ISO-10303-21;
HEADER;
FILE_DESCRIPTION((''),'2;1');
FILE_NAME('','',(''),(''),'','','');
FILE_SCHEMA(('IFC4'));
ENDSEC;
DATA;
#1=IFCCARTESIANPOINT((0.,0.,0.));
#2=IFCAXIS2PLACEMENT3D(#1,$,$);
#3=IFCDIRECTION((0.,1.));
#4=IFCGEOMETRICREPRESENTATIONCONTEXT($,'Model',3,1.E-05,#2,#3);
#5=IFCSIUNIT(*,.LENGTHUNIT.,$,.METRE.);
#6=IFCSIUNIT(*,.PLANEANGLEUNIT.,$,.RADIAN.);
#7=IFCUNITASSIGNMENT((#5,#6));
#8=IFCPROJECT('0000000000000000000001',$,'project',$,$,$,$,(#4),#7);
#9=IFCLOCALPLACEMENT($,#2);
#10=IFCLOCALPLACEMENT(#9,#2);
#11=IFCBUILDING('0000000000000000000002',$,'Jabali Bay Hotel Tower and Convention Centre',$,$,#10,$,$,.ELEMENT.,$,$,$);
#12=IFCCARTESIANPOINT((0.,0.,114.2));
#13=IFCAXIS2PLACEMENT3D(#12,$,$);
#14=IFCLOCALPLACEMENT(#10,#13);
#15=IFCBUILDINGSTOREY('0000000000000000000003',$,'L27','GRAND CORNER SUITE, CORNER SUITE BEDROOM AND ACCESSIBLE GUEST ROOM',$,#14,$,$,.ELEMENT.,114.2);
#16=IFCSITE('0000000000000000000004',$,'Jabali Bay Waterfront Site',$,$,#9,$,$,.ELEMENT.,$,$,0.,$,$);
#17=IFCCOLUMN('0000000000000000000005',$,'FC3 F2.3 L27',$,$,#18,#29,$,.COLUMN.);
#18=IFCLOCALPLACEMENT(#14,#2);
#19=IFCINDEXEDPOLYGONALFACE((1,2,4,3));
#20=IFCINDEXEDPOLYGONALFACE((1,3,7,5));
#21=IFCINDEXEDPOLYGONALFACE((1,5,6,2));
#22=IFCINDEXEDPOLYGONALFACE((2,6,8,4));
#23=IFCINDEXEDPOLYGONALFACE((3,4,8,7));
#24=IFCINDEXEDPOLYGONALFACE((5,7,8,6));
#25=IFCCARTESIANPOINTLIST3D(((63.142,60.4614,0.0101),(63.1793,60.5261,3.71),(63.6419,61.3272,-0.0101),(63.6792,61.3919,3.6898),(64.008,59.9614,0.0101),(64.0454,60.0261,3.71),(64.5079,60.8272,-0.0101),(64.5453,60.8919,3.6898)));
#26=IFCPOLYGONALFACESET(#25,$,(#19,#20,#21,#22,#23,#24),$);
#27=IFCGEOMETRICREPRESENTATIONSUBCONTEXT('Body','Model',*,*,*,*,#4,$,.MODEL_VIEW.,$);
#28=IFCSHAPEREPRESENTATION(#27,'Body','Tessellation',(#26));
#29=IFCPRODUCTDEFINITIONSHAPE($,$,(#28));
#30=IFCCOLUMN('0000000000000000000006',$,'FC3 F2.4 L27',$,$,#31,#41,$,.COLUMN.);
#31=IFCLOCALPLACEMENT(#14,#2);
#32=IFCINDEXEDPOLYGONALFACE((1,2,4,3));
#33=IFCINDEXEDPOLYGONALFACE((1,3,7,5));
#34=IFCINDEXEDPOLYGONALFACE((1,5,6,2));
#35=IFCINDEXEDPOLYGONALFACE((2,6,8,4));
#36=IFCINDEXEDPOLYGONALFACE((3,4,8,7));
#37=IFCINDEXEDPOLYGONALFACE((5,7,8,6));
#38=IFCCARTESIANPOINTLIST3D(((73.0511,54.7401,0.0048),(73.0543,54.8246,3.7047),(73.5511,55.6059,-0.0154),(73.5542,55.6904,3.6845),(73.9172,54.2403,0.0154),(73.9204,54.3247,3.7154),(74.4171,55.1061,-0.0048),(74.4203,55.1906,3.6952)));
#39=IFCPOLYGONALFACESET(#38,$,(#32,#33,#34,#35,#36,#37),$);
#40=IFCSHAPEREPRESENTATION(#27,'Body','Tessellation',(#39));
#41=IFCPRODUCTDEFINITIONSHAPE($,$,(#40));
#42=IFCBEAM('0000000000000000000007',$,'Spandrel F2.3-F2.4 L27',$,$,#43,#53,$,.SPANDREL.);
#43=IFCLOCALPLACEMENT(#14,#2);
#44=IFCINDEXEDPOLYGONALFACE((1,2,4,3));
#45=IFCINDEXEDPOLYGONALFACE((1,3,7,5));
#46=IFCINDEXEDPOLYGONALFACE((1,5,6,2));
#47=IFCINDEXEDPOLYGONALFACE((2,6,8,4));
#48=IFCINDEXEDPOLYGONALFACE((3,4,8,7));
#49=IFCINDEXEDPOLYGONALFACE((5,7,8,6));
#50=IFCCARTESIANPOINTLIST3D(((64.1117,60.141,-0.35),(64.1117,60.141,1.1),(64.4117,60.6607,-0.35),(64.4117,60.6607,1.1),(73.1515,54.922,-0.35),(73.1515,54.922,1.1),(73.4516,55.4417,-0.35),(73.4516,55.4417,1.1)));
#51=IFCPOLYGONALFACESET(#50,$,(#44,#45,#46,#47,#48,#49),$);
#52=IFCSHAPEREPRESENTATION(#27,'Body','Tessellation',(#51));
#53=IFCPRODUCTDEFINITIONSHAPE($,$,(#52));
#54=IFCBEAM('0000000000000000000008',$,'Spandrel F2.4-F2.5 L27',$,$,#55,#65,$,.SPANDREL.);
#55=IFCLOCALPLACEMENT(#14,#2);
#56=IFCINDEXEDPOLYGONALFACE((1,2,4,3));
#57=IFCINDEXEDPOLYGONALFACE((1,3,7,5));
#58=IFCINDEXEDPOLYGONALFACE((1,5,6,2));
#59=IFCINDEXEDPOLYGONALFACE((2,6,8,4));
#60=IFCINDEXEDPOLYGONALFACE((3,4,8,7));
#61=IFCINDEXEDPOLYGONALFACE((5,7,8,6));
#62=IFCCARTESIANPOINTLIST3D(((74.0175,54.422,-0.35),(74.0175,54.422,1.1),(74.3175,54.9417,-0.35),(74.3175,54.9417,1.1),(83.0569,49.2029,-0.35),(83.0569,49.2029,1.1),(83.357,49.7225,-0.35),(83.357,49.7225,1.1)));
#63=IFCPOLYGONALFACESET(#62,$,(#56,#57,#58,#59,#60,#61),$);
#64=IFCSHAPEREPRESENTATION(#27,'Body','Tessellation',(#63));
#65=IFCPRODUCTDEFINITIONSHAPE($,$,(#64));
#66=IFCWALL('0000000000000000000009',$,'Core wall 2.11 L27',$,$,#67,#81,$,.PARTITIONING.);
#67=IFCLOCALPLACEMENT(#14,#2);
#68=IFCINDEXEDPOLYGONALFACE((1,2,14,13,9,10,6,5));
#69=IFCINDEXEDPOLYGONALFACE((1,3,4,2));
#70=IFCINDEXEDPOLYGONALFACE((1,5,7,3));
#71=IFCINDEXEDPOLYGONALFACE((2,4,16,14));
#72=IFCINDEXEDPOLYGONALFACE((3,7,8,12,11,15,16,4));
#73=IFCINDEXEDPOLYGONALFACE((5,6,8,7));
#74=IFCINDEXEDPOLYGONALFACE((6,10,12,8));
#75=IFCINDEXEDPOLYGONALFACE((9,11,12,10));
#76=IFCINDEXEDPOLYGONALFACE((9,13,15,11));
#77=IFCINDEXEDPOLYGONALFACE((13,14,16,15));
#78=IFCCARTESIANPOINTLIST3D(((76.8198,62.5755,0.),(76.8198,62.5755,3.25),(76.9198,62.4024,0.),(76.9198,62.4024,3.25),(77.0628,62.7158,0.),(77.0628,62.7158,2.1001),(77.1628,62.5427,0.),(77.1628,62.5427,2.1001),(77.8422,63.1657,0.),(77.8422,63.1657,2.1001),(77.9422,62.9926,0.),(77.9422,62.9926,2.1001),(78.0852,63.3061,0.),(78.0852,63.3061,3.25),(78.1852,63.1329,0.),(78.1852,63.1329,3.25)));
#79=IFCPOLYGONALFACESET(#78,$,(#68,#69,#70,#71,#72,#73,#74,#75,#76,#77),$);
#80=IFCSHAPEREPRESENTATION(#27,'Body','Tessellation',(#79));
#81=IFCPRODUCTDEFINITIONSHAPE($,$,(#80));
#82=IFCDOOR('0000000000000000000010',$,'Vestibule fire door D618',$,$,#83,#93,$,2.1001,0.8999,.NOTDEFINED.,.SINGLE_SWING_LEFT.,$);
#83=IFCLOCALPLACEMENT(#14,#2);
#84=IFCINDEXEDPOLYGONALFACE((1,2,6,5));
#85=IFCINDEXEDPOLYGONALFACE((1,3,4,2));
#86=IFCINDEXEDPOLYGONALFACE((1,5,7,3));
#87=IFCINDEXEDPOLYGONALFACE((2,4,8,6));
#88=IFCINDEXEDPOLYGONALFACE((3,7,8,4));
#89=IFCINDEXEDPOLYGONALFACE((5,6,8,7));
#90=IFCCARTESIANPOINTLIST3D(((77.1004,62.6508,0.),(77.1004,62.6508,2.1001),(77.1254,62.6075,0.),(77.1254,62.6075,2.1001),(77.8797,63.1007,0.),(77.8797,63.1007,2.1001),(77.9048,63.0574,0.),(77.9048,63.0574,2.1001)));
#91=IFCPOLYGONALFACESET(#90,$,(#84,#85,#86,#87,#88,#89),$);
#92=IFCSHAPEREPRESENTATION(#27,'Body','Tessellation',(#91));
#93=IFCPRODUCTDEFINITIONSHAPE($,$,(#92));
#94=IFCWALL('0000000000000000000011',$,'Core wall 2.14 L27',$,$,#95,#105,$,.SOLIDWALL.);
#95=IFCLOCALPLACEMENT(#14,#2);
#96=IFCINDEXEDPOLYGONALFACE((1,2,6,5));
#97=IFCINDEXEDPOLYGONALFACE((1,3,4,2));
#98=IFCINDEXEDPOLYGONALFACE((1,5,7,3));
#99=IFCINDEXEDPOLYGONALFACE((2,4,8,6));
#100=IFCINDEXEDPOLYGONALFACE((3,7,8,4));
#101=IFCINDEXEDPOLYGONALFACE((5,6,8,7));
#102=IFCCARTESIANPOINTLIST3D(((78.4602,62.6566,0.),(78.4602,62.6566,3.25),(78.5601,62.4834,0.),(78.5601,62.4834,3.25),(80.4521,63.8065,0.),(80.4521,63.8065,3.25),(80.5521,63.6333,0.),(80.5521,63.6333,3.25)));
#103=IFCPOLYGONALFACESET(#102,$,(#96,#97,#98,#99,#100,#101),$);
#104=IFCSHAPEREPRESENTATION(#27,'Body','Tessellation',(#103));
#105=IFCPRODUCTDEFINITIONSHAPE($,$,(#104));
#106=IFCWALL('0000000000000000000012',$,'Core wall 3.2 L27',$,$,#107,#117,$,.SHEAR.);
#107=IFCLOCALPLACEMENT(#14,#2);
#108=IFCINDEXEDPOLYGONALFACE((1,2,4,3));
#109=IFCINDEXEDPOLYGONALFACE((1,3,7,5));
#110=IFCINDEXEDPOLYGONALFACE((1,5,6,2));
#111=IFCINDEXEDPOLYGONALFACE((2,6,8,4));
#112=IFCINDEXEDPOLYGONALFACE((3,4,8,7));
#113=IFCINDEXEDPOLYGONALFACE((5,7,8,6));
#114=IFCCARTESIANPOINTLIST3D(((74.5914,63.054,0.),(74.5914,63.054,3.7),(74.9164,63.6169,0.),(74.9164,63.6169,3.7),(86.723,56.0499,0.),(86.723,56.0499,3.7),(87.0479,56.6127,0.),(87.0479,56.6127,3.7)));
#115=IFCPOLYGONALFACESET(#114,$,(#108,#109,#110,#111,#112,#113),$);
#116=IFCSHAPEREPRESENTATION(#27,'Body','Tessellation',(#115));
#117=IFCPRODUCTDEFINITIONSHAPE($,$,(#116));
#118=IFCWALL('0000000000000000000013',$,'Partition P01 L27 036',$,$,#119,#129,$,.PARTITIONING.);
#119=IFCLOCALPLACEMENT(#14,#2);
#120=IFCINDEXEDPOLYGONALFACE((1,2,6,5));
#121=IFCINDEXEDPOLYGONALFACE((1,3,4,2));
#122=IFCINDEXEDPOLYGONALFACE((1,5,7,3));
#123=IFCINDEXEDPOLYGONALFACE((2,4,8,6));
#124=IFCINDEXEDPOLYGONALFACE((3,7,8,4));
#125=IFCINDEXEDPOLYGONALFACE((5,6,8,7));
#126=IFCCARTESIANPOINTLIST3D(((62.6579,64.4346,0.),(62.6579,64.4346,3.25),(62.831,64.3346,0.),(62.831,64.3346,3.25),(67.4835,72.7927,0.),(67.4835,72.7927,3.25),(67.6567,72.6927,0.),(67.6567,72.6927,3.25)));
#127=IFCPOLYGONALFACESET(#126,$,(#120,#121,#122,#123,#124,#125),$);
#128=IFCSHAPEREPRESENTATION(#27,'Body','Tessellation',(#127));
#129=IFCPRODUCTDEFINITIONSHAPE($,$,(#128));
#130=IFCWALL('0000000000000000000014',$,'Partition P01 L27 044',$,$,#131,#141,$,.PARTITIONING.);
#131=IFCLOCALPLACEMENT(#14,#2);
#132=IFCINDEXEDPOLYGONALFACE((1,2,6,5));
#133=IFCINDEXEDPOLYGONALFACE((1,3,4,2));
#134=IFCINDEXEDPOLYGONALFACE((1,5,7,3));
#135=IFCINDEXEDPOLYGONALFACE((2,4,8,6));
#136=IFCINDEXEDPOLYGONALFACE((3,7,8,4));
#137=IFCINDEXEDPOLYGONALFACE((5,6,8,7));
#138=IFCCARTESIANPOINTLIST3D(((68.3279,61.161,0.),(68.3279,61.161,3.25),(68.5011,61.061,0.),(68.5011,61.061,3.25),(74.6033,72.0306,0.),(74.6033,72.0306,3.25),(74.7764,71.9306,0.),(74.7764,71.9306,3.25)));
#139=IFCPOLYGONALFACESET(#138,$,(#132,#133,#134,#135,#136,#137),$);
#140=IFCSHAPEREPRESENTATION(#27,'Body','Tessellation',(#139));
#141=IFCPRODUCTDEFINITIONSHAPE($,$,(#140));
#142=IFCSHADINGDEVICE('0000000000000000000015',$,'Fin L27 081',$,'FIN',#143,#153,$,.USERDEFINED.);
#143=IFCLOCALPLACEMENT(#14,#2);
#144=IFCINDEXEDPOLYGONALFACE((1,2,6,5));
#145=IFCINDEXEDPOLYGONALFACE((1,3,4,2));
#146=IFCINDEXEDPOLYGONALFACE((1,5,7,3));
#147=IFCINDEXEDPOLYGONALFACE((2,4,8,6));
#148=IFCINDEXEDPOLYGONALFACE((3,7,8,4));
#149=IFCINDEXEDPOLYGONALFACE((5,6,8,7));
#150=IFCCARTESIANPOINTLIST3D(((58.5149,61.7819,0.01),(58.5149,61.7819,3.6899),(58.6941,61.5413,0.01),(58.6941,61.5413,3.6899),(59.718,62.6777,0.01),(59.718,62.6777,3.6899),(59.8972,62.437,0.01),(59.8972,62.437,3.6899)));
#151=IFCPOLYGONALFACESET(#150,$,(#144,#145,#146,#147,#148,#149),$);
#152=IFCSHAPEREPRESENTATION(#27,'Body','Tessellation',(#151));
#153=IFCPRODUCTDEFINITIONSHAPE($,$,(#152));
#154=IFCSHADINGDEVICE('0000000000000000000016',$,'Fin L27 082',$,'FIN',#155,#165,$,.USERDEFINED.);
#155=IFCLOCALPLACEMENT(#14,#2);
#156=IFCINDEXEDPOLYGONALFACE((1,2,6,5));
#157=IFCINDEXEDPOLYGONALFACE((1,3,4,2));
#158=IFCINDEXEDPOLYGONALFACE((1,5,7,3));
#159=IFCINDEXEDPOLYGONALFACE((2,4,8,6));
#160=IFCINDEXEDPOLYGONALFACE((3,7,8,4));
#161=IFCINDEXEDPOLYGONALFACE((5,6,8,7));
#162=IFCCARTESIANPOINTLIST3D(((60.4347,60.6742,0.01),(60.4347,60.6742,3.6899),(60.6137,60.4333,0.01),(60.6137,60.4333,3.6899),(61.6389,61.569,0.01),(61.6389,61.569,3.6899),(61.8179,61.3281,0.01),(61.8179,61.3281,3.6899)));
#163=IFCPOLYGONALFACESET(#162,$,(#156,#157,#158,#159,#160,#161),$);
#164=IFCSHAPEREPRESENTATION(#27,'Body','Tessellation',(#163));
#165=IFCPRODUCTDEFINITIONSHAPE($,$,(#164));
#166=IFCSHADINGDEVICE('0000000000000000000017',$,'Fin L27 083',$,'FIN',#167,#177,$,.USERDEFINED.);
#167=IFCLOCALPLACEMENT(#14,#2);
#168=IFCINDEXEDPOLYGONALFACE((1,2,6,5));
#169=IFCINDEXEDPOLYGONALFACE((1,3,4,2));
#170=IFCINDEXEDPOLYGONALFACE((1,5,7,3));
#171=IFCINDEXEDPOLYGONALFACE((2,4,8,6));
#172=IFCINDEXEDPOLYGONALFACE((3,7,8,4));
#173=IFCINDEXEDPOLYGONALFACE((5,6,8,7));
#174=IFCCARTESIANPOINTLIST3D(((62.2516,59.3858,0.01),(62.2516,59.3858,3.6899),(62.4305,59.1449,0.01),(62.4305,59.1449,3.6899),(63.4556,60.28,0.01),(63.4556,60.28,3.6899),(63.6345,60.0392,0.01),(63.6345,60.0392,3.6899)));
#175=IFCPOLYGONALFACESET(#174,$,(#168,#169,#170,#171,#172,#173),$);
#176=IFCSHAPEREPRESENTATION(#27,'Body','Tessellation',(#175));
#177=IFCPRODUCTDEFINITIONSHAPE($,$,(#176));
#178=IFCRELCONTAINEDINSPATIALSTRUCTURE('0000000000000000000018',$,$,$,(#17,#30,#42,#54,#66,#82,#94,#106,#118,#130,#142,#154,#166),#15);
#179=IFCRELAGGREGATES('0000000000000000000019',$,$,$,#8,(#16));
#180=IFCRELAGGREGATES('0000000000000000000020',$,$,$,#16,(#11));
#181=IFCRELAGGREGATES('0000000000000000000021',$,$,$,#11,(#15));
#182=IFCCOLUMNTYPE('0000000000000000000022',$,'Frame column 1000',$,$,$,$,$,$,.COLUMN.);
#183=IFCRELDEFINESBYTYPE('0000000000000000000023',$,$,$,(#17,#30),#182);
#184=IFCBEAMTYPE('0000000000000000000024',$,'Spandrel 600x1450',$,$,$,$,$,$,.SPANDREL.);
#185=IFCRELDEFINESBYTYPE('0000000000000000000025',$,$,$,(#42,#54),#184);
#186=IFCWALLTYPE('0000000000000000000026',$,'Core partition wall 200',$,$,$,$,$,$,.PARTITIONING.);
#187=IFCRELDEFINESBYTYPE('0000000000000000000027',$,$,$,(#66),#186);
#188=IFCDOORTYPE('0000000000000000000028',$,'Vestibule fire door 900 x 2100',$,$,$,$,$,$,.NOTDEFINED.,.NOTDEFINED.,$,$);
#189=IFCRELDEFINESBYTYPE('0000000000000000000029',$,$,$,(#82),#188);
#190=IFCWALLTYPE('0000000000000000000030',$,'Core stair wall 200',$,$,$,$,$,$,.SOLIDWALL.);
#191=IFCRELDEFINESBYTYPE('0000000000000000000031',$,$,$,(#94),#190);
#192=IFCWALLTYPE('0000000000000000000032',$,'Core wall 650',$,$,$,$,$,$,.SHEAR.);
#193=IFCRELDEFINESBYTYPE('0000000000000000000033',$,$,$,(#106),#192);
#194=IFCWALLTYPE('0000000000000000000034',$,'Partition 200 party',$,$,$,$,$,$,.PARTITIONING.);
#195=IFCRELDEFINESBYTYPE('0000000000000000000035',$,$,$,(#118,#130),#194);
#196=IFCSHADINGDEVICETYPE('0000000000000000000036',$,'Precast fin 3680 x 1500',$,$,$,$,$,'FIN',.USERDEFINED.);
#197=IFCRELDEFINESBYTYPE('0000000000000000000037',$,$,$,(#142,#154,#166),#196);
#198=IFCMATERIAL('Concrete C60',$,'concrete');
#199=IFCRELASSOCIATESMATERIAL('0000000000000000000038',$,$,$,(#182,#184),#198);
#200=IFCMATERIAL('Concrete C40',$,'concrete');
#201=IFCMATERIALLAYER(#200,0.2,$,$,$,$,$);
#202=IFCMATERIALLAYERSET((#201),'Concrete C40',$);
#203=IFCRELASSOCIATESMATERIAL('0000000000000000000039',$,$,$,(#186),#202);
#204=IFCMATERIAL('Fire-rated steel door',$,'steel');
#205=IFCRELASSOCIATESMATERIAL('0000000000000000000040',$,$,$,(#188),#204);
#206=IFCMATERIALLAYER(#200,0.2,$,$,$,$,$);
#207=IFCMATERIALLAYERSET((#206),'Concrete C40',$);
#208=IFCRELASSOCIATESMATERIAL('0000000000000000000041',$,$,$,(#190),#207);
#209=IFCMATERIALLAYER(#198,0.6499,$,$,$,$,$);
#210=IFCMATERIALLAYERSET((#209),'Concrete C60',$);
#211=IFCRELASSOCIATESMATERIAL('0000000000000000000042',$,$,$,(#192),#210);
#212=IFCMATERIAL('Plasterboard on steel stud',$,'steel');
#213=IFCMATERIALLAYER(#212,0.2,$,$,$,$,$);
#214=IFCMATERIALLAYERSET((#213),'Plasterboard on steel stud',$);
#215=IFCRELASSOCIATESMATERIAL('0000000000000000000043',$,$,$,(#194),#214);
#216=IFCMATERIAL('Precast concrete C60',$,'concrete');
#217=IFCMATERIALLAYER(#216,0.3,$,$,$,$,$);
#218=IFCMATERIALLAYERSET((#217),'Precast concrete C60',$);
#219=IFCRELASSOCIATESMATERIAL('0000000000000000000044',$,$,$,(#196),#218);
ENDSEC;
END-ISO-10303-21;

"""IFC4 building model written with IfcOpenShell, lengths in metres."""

from ifc_helpers import new_model, si_unit, direction, frame, frame_2d, origin, origin_2d, place, context, subcontext, project, spatial, rectangle, extrude, material, layer, layer_set, material_profile, profile_set, type_object, element, fill, save


model = new_model("IFC4")

# Units and contexts
model_context = context("Model", 3, precision=1e-05, world=origin(), true_north=direction((0.0, 1.0)))
body_context = subcontext(model_context, "Body", "Model", "MODEL_VIEW")
ifc_project = project(units=[si_unit("LENGTHUNIT", "METRE"), si_unit("PLANEANGLEUNIT", "RADIAN")], contexts=[model_context])

# Site, building, storey
site_placement = place(None, origin())
site = spatial("IfcSite", under=ifc_project, at=site_placement, Name="Jabali Bay Waterfront Site", CompositionType="ELEMENT", RefElevation=0.0)
building_placement = place(site_placement, origin())
building = spatial("IfcBuilding", under=site, at=building_placement, Name="Jabali Bay Hotel Tower and Convention Centre", CompositionType="ELEMENT")
storey_placement = place(building_placement, frame((0.0, 0.0, 114.2)))
storey = spatial("IfcBuildingStorey", under=building, at=storey_placement, Name="L27", Description="GRAND CORNER SUITE, CORNER SUITE BEDROOM AND ACCESSIBLE GUEST ROOM", CompositionType="ELEMENT", Elevation=114.2)

# Columns
ifc_material_1 = material(Name="Concrete C60", Category="concrete")
ifc_material_profile_1 = material_profile(ifc_material_1, rectangle(XDim=1.0, YDim=1.0, at=origin_2d()), Name="Frame column 1000")
ifc_profile_set_1 = profile_set([ifc_material_profile_1], Name="Concrete C60")
column_type = type_object("IfcColumnType", Name="Frame column 1000", PredefinedType="COLUMN", material=ifc_profile_set_1)
column_1_placement = place(storey_placement, frame((63.825, 60.6443, 0.0), z_axis=(0.010094, 0.017482, 0.999796), x_axis=(-0.866026, 0.499999, 0.0)))
element("IfcColumn", 1, at=column_1_placement, inside=storey, type_object=column_type, Name="FC3 F2.3 L27", PredefinedType="COLUMN", context=body_context, shape_type="SweptSolid", body=[
    extrude(rectangle(XDim=1.0, YDim=1.0, at=origin_2d()), origin(), (0.0, 0.0, 1.0), 3.7007),
])
column_2_placement = place(storey_placement, frame((73.7341, 54.9231, 0.0), z_axis=(0.000858, 0.022825, 0.999739), x_axis=(-0.499939, -0.865825, 0.020196)))
element("IfcColumn", 2, at=column_2_placement, inside=storey, type_object=column_type, Name="FC3 F2.4 L27", PredefinedType="COLUMN", context=body_context, shape_type="SweptSolid", body=[
    extrude(rectangle(XDim=1.0, YDim=1.0, at=origin_2d()), origin(), (0.0, 0.0, 1.0), 3.7009),
])

# Beams
ifc_material_profile_2 = material_profile(ifc_material_1, rectangle(XDim=0.6001, YDim=1.45, at=origin_2d()), Name="Spandrel 600x1450")
ifc_profile_set_2 = profile_set([ifc_material_profile_2], Name="Concrete C60")
beam_type = type_object("IfcBeamType", Name="Spandrel 600x1450", PredefinedType="SPANDREL", material=ifc_profile_set_2)
beam_1_placement = place(storey_placement, frame((64.2617, 60.4009, 0.375), z_axis=(0.866031, -0.49999, 0.0), x_axis=(0.49999, 0.866031, 0.0)))
element("IfcBeam", 3, at=beam_1_placement, inside=storey, type_object=beam_type, Name="Spandrel F2.3-F2.4 L27", PredefinedType="SPANDREL", context=body_context, shape_type="SweptSolid", body=[
    extrude(rectangle(XDim=0.6001, YDim=1.45, at=origin_2d()), origin(), (0.0, 0.0, 1.0), 10.4382),
])
beam_2_placement = place(storey_placement, frame((74.1675, 54.6819, 0.375), z_axis=(0.866015, -0.500018, 0.0), x_axis=(0.500018, 0.866015, 0.0)))
element("IfcBeam", 4, at=beam_2_placement, inside=storey, type_object=beam_type, Name="Spandrel F2.4-F2.5 L27", PredefinedType="SPANDREL", context=body_context, shape_type="SweptSolid", body=[
    extrude(rectangle(XDim=0.6001, YDim=1.45, at=origin_2d()), origin(), (0.0, 0.0, 1.0), 10.438),
])

# Wall, opening, door
ifc_material_2 = material(Name="Concrete C40", Category="concrete")
ifc_layer_1 = layer(ifc_material_2, 0.2)
ifc_layer_set_1 = layer_set([ifc_layer_1], Name="Concrete C40")
wall_type_1 = type_object("IfcWallType", Name="Core partition wall 200", PredefinedType="PARTITIONING", material=ifc_layer_set_1)
wall_1_placement = place(storey_placement, frame((76.8699, 62.489, 0.0), z_axis=(0.0, 0.0, 1.0), x_axis=(0.866055, 0.499949, 0.0)))
wall_1 = element("IfcWall", 5, at=wall_1_placement, inside=storey, type_object=wall_type_1, Name="Core wall 2.11 L27", PredefinedType="PARTITIONING", context=body_context, shape_type="SweptSolid", body=[
    extrude(rectangle(XDim=1.4612, YDim=0.2, at=frame_2d((0.7305, 0.0))), origin(), (0.0, 0.0, 1.0), 3.25),
])
opening_placement = place(wall_1_placement, frame((0.2805, 0.0, 0.0)))
opening = element("IfcOpeningElement", 6, at=opening_placement, cuts=wall_1, PredefinedType="OPENING", context=body_context, shape_type="SweptSolid", body=[
    extrude(rectangle(XDim=0.8999, YDim=2.1001, at=frame_2d((0.45, 1.05))), frame((0.0, 0.1104, 0.0), z_axis=(0.0, -1.0, 0.0), x_axis=(1.0, 0.0, 0.0)), (0.0, 0.0, 1.0), 0.2209),
])
ifc_material_3 = material(Name="Fire-rated steel door", Category="steel")
door_type = type_object("IfcDoorType", Name="Vestibule fire door 900 x 2100", OperationType="NOTDEFINED", PredefinedType="NOTDEFINED", material=ifc_material_3)
door_placement = place(opening_placement, origin())
door = element("IfcDoor", 7, at=door_placement, inside=storey, type_object=door_type, Name="Vestibule fire door D618", OperationType="SINGLE_SWING_LEFT", OverallHeight=2.1001, OverallWidth=0.8999, PredefinedType="NOTDEFINED", context=body_context, shape_type="SweptSolid", body=[
    extrude(rectangle(XDim=0.8999, YDim=2.1001, at=frame_2d((0.45, 1.05))), frame((0.0, 0.0249, 0.0), z_axis=(0.0, -1.0, 0.0), x_axis=(1.0, 0.0, 0.0)), (0.0, 0.0, 1.0), 0.05),
])
fill(opening, door)

# Walls
ifc_layer_2 = layer(ifc_material_2, 0.2)
ifc_layer_set_2 = layer_set([ifc_layer_2], Name="Concrete C40")
wall_type_2 = type_object("IfcWallType", Name="Core stair wall 200", PredefinedType="SOLIDWALL", material=ifc_layer_set_2)
wall_2_placement = place(storey_placement, frame((78.5103, 62.5701, 0.0), z_axis=(0.0, 0.0, 1.0), x_axis=(0.866053, 0.499952, 0.0)))
element("IfcWall", 8, at=wall_2_placement, inside=storey, type_object=wall_type_2, Name="Core wall 2.14 L27", PredefinedType="SOLIDWALL", context=body_context, shape_type="SweptSolid", body=[
    extrude(rectangle(XDim=2.3, YDim=0.2, at=frame_2d((1.1499, 0.0))), origin(), (0.0, 0.0, 1.0), 3.25),
])
ifc_layer_3 = layer(ifc_material_1, 0.6499)
ifc_layer_set_3 = layer_set([ifc_layer_3], Name="Concrete C60")
wall_type_3 = type_object("IfcWallType", Name="Core wall 650", PredefinedType="SHEAR", material=ifc_layer_set_3)
wall_3_placement = place(storey_placement, frame((74.7539, 63.3354, 0.0), z_axis=(0.0, 0.0, 1.0), x_axis=(0.866026, -0.499999, 0.0)))
element("IfcWall", 9, at=wall_3_placement, inside=storey, type_object=wall_type_3, Name="Core wall 3.2 L27", PredefinedType="SHEAR", context=body_context, shape_type="SweptSolid", body=[
    extrude(rectangle(XDim=14.0083, YDim=0.6499, at=frame_2d((7.0042, 0.0))), origin(), (0.0, 0.0, 1.0), 3.7),
])
ifc_material_4 = material(Name="Plasterboard on steel stud", Category="steel")
ifc_layer_4 = layer(ifc_material_4, 0.2)
ifc_layer_set_4 = layer_set([ifc_layer_4], Name="Plasterboard on steel stud")
wall_type_4 = type_object("IfcWallType", Name="Partition 200 party", PredefinedType="PARTITIONING", material=ifc_layer_set_4)
wall_4_placement = place(storey_placement, frame((62.7444, 64.3845, 0.0), z_axis=(0.0, 0.0, 1.0), x_axis=(0.500008, 0.866021, 0.0)))
element("IfcWall", 10, at=wall_4_placement, inside=storey, type_object=wall_type_4, Name="Partition P01 L27 036", PredefinedType="PARTITIONING", context=body_context, shape_type="SweptSolid", body=[
    extrude(rectangle(XDim=9.6511, YDim=0.2, at=frame_2d((4.8257, 0.0))), origin(), (0.0, 0.0, 1.0), 3.25),
])
wall_5_placement = place(storey_placement, frame((68.4146, 61.1111, 0.0), z_axis=(0.0, 0.0, 1.0), x_axis=(0.499988, 0.866032, 0.0)))
element("IfcWall", 11, at=wall_5_placement, inside=storey, type_object=wall_type_4, Name="Partition P01 L27 044", PredefinedType="PARTITIONING", context=body_context, shape_type="SweptSolid", body=[
    extrude(rectangle(XDim=12.551, YDim=0.2, at=frame_2d((6.2754, 0.0))), origin(), (0.0, 0.0, 1.0), 3.25),
])

# Shading devices
ifc_material_5 = material(Name="Precast concrete C60", Category="concrete")
ifc_layer_5 = layer(ifc_material_5, 0.3)
ifc_layer_set_5 = layer_set([ifc_layer_5], Name="Precast concrete C60")
shading_device_type = type_object("IfcShadingDeviceType", Name="Precast fin 3680 x 1500", ElementType="FIN", PredefinedType="USERDEFINED", material=ifc_layer_set_5)
shading_device_1_placement = place(storey_placement, frame((59.8076, 62.5574, 0.01), z_axis=(0.0, 0.0, 1.0), x_axis=(-0.802104, -0.597184, 0.0)))
element("IfcShadingDevice", 12, at=shading_device_1_placement, inside=storey, type_object=shading_device_type, Name="Fin L27 081", ObjectType="FIN", PredefinedType="USERDEFINED", context=body_context, shape_type="SweptSolid", body=[
    extrude(rectangle(XDim=1.5, YDim=0.3, at=frame_2d((0.75, 0.0))), origin(), (0.0, 0.0, 1.0), 3.6799),
])
shading_device_2_placement = place(storey_placement, frame((61.7283, 61.4485, 0.01), z_axis=(0.0, 0.0, 1.0), x_axis=(-0.802648, -0.596453, 0.0)))
element("IfcShadingDevice", 13, at=shading_device_2_placement, inside=storey, type_object=shading_device_type, Name="Fin L27 082", ObjectType="FIN", PredefinedType="USERDEFINED", context=body_context, shape_type="SweptSolid", body=[
    extrude(rectangle(XDim=1.5002, YDim=0.3, at=frame_2d((0.75, 0.0))), origin(), (0.0, 0.0, 1.0), 3.6799),
])
for number, where, z_axis, x_axis, name in (
    (14, (63.5452, 60.1597, 0.01), (0.0, 0.0, 1.0), (-0.802804, -0.596243, 0.0), "Fin L27 083"),
):
    element("IfcShadingDevice", number, at=place(storey_placement, frame(where, z_axis=z_axis, x_axis=x_axis)), inside=storey, type_object=shading_device_type, Name=name, ObjectType="FIN", PredefinedType="USERDEFINED", context=body_context, shape_type="SweptSolid", body=[
        extrude(rectangle(XDim=1.4998, YDim=0.3, at=frame_2d((0.75, 0.0))), origin(), (0.0, 0.0, 1.0), 3.6799),
    ])

save(model, "model.ifc")
